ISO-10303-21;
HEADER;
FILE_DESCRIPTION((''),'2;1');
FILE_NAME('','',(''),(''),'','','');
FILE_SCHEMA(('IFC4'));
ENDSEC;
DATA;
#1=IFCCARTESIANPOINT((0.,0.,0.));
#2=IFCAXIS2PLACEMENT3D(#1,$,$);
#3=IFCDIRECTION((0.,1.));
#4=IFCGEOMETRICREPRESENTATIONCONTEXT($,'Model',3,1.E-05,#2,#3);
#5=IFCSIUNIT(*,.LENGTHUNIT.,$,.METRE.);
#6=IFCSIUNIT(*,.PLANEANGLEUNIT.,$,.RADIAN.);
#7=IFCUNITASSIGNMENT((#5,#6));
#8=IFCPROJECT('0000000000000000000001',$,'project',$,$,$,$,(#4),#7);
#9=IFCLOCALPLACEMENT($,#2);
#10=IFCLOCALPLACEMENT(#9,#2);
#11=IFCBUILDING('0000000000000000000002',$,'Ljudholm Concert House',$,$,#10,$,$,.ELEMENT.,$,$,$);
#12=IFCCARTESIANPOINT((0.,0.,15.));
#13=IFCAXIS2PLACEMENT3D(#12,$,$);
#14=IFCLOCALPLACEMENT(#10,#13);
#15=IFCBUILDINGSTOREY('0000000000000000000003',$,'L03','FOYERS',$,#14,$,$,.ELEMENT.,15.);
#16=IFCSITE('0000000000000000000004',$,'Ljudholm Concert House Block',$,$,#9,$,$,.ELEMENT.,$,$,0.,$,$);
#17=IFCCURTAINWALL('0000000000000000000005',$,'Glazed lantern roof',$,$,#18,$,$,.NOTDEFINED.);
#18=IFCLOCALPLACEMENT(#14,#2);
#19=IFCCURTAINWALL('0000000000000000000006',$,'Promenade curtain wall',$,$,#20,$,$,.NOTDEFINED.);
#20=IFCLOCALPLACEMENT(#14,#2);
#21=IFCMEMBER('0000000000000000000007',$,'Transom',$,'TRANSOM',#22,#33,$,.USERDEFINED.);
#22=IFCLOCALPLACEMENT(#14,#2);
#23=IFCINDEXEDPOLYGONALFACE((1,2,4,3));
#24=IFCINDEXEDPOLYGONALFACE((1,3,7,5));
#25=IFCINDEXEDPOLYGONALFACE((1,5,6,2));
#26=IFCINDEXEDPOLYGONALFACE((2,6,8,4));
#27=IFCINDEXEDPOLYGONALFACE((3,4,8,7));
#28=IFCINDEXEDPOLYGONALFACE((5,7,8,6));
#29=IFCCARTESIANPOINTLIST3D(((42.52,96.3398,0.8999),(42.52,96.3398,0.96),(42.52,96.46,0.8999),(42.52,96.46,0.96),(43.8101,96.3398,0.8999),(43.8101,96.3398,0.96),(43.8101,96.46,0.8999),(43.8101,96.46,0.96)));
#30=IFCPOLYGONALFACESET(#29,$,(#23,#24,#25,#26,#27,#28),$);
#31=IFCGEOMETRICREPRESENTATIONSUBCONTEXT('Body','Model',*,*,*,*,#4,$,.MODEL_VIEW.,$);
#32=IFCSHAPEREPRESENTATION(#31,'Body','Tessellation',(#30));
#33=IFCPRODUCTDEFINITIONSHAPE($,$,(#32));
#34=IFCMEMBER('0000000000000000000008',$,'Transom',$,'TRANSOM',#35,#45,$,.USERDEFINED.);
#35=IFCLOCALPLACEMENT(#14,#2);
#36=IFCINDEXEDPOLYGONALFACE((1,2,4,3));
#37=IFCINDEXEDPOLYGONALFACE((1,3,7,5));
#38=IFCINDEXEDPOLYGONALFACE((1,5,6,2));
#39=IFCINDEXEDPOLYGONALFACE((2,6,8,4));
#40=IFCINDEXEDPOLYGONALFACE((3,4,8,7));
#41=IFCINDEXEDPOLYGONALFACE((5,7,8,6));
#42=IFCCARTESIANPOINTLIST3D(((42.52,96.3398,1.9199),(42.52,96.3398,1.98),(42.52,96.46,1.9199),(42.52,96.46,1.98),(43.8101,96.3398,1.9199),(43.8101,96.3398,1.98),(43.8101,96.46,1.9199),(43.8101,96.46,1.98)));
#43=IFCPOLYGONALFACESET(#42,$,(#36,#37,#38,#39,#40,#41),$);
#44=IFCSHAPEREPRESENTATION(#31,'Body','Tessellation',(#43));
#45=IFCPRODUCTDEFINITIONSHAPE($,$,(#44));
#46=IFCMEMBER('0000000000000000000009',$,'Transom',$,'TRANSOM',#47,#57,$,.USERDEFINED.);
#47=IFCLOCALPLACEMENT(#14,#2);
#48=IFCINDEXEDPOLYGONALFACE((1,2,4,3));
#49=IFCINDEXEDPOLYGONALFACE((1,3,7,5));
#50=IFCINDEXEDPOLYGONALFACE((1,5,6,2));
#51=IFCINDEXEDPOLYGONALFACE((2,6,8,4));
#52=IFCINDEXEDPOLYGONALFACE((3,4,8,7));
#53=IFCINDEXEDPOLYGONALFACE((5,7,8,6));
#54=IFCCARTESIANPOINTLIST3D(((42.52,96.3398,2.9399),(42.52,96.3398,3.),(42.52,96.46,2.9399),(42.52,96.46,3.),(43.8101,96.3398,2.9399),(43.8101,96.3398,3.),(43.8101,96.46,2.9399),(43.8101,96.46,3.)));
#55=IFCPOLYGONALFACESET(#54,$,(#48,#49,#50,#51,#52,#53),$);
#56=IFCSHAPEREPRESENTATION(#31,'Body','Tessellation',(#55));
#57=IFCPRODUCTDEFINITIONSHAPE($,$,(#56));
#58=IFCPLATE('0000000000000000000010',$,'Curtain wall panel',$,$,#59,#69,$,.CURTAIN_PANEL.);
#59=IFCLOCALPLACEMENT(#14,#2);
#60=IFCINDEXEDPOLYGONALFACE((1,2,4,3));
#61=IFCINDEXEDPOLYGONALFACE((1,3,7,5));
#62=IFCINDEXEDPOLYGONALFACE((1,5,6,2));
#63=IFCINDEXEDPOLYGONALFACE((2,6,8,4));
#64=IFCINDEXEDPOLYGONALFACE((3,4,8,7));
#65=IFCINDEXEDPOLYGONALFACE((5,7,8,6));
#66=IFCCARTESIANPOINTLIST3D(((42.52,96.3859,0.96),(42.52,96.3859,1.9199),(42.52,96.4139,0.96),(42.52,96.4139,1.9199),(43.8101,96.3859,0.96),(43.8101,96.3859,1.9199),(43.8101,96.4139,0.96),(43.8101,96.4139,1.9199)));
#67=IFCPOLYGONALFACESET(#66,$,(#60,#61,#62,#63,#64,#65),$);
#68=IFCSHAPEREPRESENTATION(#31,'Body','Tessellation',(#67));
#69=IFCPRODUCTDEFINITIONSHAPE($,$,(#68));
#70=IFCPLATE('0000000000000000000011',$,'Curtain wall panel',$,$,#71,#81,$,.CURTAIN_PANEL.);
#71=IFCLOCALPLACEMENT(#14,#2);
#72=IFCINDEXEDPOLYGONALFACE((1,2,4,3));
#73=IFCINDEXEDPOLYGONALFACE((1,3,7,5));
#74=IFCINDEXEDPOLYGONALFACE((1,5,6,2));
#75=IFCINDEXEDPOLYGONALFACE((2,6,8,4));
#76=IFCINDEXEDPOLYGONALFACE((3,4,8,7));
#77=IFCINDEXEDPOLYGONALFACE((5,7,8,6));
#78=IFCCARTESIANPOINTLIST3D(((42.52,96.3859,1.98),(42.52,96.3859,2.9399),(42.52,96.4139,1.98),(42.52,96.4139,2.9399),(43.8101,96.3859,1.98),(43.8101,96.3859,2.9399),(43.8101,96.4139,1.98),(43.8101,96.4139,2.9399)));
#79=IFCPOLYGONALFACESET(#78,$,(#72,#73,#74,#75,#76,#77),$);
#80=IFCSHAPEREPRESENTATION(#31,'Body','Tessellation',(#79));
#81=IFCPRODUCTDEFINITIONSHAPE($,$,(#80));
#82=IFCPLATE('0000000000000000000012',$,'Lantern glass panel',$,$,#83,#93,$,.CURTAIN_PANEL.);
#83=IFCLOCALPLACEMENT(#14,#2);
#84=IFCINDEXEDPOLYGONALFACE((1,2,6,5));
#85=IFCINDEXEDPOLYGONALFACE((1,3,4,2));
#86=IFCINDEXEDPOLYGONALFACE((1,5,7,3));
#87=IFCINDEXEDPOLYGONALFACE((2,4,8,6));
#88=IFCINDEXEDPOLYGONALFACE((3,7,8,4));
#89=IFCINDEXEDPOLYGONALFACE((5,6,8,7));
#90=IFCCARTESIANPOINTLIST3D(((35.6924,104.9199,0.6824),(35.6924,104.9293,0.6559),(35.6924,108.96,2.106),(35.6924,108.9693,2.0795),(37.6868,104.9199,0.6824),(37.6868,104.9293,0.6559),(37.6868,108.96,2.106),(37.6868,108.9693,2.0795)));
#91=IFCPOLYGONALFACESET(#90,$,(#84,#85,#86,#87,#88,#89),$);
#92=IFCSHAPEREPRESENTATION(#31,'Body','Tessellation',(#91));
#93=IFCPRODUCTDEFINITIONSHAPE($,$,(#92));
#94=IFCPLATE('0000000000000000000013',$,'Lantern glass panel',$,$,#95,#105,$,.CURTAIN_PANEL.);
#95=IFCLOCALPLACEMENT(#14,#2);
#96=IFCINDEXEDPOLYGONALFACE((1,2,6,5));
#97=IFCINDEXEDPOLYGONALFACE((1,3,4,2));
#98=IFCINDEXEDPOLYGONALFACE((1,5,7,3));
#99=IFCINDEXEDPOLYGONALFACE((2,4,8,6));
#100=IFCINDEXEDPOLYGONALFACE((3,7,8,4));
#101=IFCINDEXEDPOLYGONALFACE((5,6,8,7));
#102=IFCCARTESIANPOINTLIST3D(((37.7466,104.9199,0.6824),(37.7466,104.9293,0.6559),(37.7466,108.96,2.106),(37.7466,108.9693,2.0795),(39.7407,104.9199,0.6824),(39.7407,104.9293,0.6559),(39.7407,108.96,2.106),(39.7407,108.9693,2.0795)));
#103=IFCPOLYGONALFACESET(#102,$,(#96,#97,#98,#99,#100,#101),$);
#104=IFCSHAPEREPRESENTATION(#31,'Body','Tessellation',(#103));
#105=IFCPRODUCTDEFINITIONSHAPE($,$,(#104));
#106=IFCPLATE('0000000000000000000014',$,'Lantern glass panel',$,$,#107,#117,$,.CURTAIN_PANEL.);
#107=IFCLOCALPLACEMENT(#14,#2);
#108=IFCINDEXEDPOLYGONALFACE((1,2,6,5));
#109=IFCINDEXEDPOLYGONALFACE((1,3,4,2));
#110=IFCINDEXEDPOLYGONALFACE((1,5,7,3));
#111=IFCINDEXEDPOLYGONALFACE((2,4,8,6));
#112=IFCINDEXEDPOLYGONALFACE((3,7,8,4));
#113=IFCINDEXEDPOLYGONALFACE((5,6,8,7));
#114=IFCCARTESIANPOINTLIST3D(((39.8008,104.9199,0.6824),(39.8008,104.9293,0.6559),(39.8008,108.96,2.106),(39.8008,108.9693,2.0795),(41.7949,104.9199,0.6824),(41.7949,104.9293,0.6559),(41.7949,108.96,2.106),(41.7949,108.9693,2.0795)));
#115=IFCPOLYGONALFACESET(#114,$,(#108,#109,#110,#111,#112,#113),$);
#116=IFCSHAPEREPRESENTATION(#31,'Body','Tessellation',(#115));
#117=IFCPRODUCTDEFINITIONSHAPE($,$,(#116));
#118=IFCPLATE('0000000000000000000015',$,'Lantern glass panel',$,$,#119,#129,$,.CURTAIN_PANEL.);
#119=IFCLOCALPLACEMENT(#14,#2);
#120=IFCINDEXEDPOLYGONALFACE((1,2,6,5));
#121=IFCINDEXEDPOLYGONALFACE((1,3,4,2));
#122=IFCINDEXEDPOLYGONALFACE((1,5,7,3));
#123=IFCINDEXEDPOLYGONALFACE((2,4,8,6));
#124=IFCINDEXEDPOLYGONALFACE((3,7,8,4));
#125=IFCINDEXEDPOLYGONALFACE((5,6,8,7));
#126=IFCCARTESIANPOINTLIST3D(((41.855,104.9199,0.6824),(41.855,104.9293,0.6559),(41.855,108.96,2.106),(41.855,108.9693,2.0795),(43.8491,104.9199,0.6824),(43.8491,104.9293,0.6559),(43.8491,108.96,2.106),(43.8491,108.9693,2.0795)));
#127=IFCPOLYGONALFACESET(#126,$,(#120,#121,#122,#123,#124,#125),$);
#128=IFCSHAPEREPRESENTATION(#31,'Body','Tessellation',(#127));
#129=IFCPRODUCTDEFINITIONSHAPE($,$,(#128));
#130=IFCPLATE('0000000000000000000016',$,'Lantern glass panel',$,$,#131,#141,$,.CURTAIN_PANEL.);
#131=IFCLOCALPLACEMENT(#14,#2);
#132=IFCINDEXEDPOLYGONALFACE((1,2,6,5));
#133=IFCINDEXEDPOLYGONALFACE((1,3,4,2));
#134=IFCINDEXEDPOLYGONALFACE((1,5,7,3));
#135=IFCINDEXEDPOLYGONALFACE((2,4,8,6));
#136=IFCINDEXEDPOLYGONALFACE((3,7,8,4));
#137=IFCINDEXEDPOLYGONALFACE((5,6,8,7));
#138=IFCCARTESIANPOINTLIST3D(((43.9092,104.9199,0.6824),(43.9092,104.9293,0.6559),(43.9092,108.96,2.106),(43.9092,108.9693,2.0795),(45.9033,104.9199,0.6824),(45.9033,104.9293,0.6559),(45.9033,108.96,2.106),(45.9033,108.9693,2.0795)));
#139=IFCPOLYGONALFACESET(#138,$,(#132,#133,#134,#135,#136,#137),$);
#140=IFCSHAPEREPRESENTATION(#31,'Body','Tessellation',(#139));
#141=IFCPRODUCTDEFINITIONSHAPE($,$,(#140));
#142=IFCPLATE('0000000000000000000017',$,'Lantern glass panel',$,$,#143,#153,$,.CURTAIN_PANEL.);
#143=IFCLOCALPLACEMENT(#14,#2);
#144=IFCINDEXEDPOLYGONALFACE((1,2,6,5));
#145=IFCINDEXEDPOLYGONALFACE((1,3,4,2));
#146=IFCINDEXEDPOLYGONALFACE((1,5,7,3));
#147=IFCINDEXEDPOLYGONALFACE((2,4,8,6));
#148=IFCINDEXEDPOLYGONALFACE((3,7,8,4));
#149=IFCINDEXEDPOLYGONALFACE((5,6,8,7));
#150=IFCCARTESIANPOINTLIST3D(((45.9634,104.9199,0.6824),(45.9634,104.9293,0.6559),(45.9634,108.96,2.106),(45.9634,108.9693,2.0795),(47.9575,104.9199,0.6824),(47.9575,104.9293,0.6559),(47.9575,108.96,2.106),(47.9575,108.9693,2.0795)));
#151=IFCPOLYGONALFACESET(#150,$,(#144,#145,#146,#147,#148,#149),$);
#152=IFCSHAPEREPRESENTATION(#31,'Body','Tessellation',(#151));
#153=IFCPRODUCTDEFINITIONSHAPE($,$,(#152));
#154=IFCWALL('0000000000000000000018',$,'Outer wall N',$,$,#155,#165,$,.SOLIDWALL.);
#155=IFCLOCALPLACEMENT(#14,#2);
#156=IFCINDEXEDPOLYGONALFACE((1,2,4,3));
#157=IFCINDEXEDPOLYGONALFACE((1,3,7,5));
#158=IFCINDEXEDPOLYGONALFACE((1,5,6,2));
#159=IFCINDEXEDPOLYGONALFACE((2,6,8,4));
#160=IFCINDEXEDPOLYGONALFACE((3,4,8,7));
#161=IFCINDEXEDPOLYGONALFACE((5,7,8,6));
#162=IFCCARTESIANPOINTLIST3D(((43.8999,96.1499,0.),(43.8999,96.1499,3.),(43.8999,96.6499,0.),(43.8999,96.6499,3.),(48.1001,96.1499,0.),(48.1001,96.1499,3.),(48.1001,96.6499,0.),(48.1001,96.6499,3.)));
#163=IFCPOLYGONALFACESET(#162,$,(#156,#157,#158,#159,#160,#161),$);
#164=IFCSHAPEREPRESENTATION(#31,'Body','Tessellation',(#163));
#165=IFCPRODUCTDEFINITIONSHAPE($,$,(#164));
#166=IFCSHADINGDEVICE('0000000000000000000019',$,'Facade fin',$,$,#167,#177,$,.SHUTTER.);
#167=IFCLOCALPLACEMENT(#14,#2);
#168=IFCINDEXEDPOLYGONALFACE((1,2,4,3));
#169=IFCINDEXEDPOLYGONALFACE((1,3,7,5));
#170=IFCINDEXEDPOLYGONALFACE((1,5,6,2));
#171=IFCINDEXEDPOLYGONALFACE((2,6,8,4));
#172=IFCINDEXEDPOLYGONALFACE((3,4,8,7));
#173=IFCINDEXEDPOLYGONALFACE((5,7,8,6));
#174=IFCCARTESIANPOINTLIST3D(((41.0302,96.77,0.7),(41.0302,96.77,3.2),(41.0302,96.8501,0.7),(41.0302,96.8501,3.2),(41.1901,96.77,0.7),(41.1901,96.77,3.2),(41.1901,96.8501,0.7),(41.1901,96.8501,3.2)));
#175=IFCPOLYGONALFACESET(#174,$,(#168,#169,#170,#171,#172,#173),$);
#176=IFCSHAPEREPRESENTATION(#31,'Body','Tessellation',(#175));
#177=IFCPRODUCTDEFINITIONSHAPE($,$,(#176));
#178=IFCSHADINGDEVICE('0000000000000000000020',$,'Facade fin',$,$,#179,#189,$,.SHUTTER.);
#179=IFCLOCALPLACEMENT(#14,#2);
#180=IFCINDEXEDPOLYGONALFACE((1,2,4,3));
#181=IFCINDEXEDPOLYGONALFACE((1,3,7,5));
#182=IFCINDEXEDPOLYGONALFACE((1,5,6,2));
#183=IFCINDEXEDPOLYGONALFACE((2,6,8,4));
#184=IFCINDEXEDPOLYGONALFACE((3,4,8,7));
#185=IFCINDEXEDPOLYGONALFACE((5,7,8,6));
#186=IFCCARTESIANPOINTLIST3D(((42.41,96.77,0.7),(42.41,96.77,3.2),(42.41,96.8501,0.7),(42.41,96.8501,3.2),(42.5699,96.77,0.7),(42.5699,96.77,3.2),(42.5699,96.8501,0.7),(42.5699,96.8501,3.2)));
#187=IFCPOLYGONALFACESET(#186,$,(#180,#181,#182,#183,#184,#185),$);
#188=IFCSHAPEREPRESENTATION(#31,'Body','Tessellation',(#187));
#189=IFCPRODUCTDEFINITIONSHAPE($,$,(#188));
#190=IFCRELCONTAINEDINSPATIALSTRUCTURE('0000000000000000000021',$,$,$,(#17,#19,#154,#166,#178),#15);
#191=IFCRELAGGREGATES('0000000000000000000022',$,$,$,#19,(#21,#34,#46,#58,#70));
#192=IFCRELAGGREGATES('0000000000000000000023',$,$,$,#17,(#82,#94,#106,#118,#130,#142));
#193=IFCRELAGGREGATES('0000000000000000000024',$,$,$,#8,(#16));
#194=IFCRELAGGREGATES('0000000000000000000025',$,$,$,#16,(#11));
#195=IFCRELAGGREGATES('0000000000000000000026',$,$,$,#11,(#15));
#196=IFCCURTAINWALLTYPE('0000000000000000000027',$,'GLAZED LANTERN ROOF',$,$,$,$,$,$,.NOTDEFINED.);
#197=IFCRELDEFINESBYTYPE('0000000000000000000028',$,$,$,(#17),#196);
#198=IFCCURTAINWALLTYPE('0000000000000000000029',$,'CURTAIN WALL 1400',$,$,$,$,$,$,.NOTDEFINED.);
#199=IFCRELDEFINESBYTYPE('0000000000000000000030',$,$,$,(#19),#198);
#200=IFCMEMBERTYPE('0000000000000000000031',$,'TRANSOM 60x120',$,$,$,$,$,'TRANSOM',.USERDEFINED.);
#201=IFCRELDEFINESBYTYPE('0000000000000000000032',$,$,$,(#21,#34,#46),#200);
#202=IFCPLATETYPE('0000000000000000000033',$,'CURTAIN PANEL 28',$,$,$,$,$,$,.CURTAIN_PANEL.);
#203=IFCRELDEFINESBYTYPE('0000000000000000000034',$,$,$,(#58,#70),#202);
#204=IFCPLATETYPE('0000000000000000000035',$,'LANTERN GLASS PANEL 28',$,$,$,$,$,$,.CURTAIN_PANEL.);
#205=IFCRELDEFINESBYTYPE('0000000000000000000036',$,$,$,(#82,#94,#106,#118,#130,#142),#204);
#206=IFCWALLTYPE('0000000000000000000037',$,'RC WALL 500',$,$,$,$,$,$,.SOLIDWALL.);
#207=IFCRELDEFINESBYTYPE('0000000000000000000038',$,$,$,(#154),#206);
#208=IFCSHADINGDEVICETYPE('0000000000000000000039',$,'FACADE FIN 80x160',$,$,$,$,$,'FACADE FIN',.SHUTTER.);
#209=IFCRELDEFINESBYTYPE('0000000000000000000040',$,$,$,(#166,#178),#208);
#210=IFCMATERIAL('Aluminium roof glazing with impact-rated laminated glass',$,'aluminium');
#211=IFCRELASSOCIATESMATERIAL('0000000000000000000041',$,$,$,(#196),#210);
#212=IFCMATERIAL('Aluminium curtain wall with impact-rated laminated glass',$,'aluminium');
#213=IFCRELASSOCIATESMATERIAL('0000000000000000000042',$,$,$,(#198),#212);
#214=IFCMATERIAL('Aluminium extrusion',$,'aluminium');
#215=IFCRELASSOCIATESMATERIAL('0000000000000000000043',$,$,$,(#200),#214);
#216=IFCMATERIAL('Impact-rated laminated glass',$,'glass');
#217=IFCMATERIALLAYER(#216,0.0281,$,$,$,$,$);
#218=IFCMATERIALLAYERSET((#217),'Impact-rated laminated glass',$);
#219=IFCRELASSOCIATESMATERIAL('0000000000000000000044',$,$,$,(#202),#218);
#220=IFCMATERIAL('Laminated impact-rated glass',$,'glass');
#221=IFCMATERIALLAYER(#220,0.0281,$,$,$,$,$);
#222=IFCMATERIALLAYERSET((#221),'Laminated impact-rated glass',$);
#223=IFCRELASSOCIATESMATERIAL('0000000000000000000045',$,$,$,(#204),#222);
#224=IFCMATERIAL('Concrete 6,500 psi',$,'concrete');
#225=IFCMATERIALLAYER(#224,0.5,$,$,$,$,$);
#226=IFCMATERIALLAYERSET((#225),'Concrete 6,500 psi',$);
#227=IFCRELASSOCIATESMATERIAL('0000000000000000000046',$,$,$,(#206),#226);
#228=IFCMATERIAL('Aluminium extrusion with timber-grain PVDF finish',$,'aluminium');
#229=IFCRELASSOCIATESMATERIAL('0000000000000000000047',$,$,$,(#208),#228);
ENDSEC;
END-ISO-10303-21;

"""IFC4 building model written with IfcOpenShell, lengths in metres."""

from ifc_helpers import new_model, si_unit, direction, frame, frame_2d, origin, origin_2d, place, context, subcontext, project, spatial, polyline, rectangle, outline, extrude, material, layer, layer_set, material_profile, profile_set, type_object, element, aggregate, save


model = new_model("IFC4")

# Units and contexts
model_context = context("Model", 3, precision=1e-05, world=origin(), true_north=direction((0.0, 1.0)))
body_context = subcontext(model_context, "Body", "Model", "MODEL_VIEW")
ifc_project = project(units=[si_unit("LENGTHUNIT", "METRE"), si_unit("PLANEANGLEUNIT", "RADIAN")], contexts=[model_context])

# Site, building, storey
site_placement = place(None, origin())
site = spatial("IfcSite", under=ifc_project, at=site_placement, Name="Ljudholm Concert House Block", CompositionType="ELEMENT", RefElevation=0.0)
building_placement = place(site_placement, origin())
building = spatial("IfcBuilding", under=site, at=building_placement, Name="Ljudholm Concert House", CompositionType="ELEMENT")
storey_placement = place(building_placement, frame((0.0, 0.0, 15.0)))
storey = spatial("IfcBuildingStorey", under=building, at=storey_placement, Name="L03", Description="FOYERS", CompositionType="ELEMENT", Elevation=15.0)

# Curtain walls
ifc_material_1 = material(Name="Aluminium roof glazing with impact-rated laminated glass", Category="aluminium")
curtain_wall_type_1 = type_object("IfcCurtainWallType", Name="GLAZED LANTERN ROOF", PredefinedType="NOTDEFINED", material=ifc_material_1)
curtain_wall_1_placement = place(storey_placement, origin())
curtain_wall_1 = element("IfcCurtainWall", 1, at=curtain_wall_1_placement, inside=storey, type_object=curtain_wall_type_1, Name="Glazed lantern roof", PredefinedType="NOTDEFINED")
ifc_material_2 = material(Name="Aluminium curtain wall with impact-rated laminated glass", Category="aluminium")
curtain_wall_type_2 = type_object("IfcCurtainWallType", Name="CURTAIN WALL 1400", PredefinedType="NOTDEFINED", material=ifc_material_2)
curtain_wall_2_placement = place(storey_placement, origin())
curtain_wall_2 = element("IfcCurtainWall", 2, at=curtain_wall_2_placement, inside=storey, type_object=curtain_wall_type_2, Name="Promenade curtain wall", PredefinedType="NOTDEFINED")

# Members
ifc_material_3 = material(Name="Aluminium extrusion", Category="aluminium")
ifc_material_profile_1 = material_profile(ifc_material_3, rectangle(XDim=0.1201, YDim=0.0601, at=origin_2d()), Name="TRANSOM 60x120")
ifc_profile_set_1 = profile_set([ifc_material_profile_1], Name="Aluminium extrusion")
member_type_1 = type_object("IfcMemberType", Name="TRANSOM 60x120", ElementType="TRANSOM", PredefinedType="USERDEFINED", material=ifc_profile_set_1)
member_1_placement = place(storey_placement, frame((42.52, 96.3999, 0.9299), z_axis=(1.0, 0.0, 0.0), x_axis=(0.0, 1.0, 0.0)))
member_1 = element("IfcMember", 3, at=member_1_placement, type_object=member_type_1, Name="Transom", ObjectType="TRANSOM", PredefinedType="USERDEFINED", context=body_context, shape_type="SweptSolid", body=[
    extrude(rectangle(XDim=0.1201, YDim=0.0601, at=origin_2d()), origin(), (0.0, 0.0, 1.0), 1.29),
])
member_2_placement = place(storey_placement, frame((42.52, 96.3999, 1.95), z_axis=(1.0, 0.0, 0.0), x_axis=(0.0, 1.0, 0.0)))
member_2 = element("IfcMember", 4, at=member_2_placement, type_object=member_type_1, Name="Transom", ObjectType="TRANSOM", PredefinedType="USERDEFINED", context=body_context, shape_type="SweptSolid", body=[
    extrude(rectangle(XDim=0.1201, YDim=0.0601, at=origin_2d()), origin(), (0.0, 0.0, 1.0), 1.29),
])
member_3_placement = place(storey_placement, frame((42.52, 96.3999, 2.97), z_axis=(1.0, 0.0, 0.0), x_axis=(0.0, 1.0, 0.0)))
member_3 = element("IfcMember", 5, at=member_3_placement, type_object=member_type_1, Name="Transom", ObjectType="TRANSOM", PredefinedType="USERDEFINED", context=body_context, shape_type="SweptSolid", body=[
    extrude(rectangle(XDim=0.1201, YDim=0.0601, at=origin_2d()), origin(), (0.0, 0.0, 1.0), 1.29),
])

# Plates
ifc_material_4 = material(Name="Impact-rated laminated glass", Category="glass")
ifc_layer_1 = layer(ifc_material_4, 0.0281)
ifc_layer_set_1 = layer_set([ifc_layer_1], Name="Impact-rated laminated glass")
plate_type_1 = type_object("IfcPlateType", Name="CURTAIN PANEL 28", PredefinedType="CURTAIN_PANEL", material=ifc_layer_set_1)
plate_1_placement = place(storey_placement, frame((43.165, 96.3999, 0.96), z_axis=(0.0, 0.0, 1.0), x_axis=(1.0, 0.0, 0.0)))
plate_1 = element("IfcPlate", 6, at=plate_1_placement, type_object=plate_type_1, Name="Curtain wall panel", PredefinedType="CURTAIN_PANEL", context=body_context, shape_type="SweptSolid", body=[
    extrude(rectangle(XDim=1.29, YDim=0.0281, at=origin_2d()), origin(), (0.0, 0.0, 1.0), 0.96),
])
plate_2_placement = place(storey_placement, frame((43.165, 96.3999, 1.98), z_axis=(0.0, 0.0, 1.0), x_axis=(1.0, 0.0, 0.0)))
plate_2 = element("IfcPlate", 7, at=plate_2_placement, type_object=plate_type_1, Name="Curtain wall panel", PredefinedType="CURTAIN_PANEL", context=body_context, shape_type="SweptSolid", body=[
    extrude(rectangle(XDim=1.29, YDim=0.0281, at=origin_2d()), origin(), (0.0, 0.0, 1.0), 0.96),
])
aggregate(curtain_wall_2, [member_1, member_2, member_3, plate_1, plate_2])
ifc_material_5 = material(Name="Laminated impact-rated glass", Category="glass")
ifc_layer_2 = layer(ifc_material_5, 0.0281)
ifc_layer_set_2 = layer_set([ifc_layer_2], Name="Laminated impact-rated glass")
plate_type_2 = type_object("IfcPlateType", Name="LANTERN GLASS PANEL 28", PredefinedType="CURTAIN_PANEL", material=ifc_layer_set_2)
plate_3_placement = place(storey_placement, frame((35.6924, 104.9199, 0.6824), z_axis=(0.0, -0.33234, 0.94316), x_axis=(1.0, 0.0, 0.0)))
plate_3 = element("IfcPlate", 8, at=plate_3_placement, type_object=plate_type_2, Name="Lantern glass panel", PredefinedType="CURTAIN_PANEL", context=body_context, shape_type="SweptSolid", body=[
    extrude(outline(polyline([(0.0, 0.0), (1.9944, 0.0), (1.9944, 4.2835), (0.0, 4.2835), (0.0, 0.0)])), origin(), (0.0, 0.0, -1.0), 0.0281),
])
plate_4_placement = place(storey_placement, frame((37.7466, 104.9199, 0.6824), z_axis=(0.0, -0.33234, 0.94316), x_axis=(1.0, 0.0, 0.0)))
plate_4 = element("IfcPlate", 9, at=plate_4_placement, type_object=plate_type_2, Name="Lantern glass panel", PredefinedType="CURTAIN_PANEL", context=body_context, shape_type="SweptSolid", body=[
    extrude(outline(polyline([(0.0, 0.0), (1.9941, 0.0), (1.9941, 4.2835), (0.0, 4.2835), (0.0, 0.0)])), origin(), (0.0, 0.0, -1.0), 0.0281),
])
plate_5_placement = place(storey_placement, frame((39.8008, 104.9199, 0.6824), z_axis=(0.0, -0.33234, 0.94316), x_axis=(1.0, 0.0, 0.0)))
plate_5 = element("IfcPlate", 10, at=plate_5_placement, type_object=plate_type_2, Name="Lantern glass panel", PredefinedType="CURTAIN_PANEL", context=body_context, shape_type="SweptSolid", body=[
    extrude(outline(polyline([(0.0, 0.0), (1.9941, 0.0), (1.9941, 4.2835), (0.0, 4.2835), (0.0, 0.0)])), origin(), (0.0, 0.0, -1.0), 0.0281),
])
plate_6_placement = place(storey_placement, frame((41.855, 104.9199, 0.6824), z_axis=(0.0, -0.33234, 0.94316), x_axis=(1.0, 0.0, 0.0)))
plate_6 = element("IfcPlate", 11, at=plate_6_placement, type_object=plate_type_2, Name="Lantern glass panel", PredefinedType="CURTAIN_PANEL", context=body_context, shape_type="SweptSolid", body=[
    extrude(outline(polyline([(0.0, 0.0), (1.9941, 0.0), (1.9941, 4.2835), (0.0, 4.2835), (0.0, 0.0)])), origin(), (0.0, 0.0, -1.0), 0.0281),
])
plate_7_placement = place(storey_placement, frame((43.9092, 104.9199, 0.6824), z_axis=(0.0, -0.33234, 0.94316), x_axis=(1.0, 0.0, 0.0)))
plate_7 = element("IfcPlate", 12, at=plate_7_placement, type_object=plate_type_2, Name="Lantern glass panel", PredefinedType="CURTAIN_PANEL", context=body_context, shape_type="SweptSolid", body=[
    extrude(outline(polyline([(0.0, 0.0), (1.9941, 0.0), (1.9941, 4.2835), (0.0, 4.2835), (0.0, 0.0)])), origin(), (0.0, 0.0, -1.0), 0.0281),
])
plate_8_placement = place(storey_placement, frame((45.9634, 104.9199, 0.6824), z_axis=(0.0, -0.33234, 0.94316), x_axis=(1.0, 0.0, 0.0)))
plate_8 = element("IfcPlate", 13, at=plate_8_placement, type_object=plate_type_2, Name="Lantern glass panel", PredefinedType="CURTAIN_PANEL", context=body_context, shape_type="SweptSolid", body=[
    extrude(outline(polyline([(0.0, 0.0), (1.9941, 0.0), (1.9941, 4.2835), (0.0, 4.2835), (0.0, 0.0)])), origin(), (0.0, 0.0, -1.0), 0.0281),
])
aggregate(curtain_wall_1, [plate_3, plate_4, plate_5, plate_6, plate_7, plate_8])

# Wall
ifc_material_6 = material(Name="Concrete 6,500 psi", Category="concrete")
ifc_layer_3 = layer(ifc_material_6, 0.5)
ifc_layer_set_3 = layer_set([ifc_layer_3], Name="Concrete 6,500 psi")
wall_type = type_object("IfcWallType", Name="RC WALL 500", PredefinedType="SOLIDWALL", material=ifc_layer_set_3)
wall_placement = place(storey_placement, frame((43.8999, 96.3999, 0.0), z_axis=(0.0, 0.0, 1.0), x_axis=(1.0, 0.0, 0.0)))
element("IfcWall", 14, at=wall_placement, inside=storey, type_object=wall_type, Name="Outer wall N", PredefinedType="SOLIDWALL", context=body_context, shape_type="SweptSolid", body=[
    extrude(rectangle(XDim=4.2002, YDim=0.5, at=frame_2d((2.1001, 0.0))), origin(), (0.0, 0.0, 1.0), 3.0),
])

# Shading devices
ifc_material_7 = material(Name="Aluminium extrusion with timber-grain PVDF finish", Category="aluminium")
shading_device_type = type_object("IfcShadingDeviceType", Name="FACADE FIN 80x160", ElementType="FACADE FIN", PredefinedType="SHUTTER", material=ifc_material_7)
for number, where, z_axis, x_axis, name in (
    (15, (41.1101, 96.8101, 0.7), (0.0, 0.0, 1.0), (0.0, 1.0, 0.0), "Facade fin"),
    (16, (42.49, 96.8101, 0.7), (0.0, 0.0, 1.0), (0.0, 1.0, 0.0), "Facade fin"),
):
    element("IfcShadingDevice", number, at=place(storey_placement, frame(where, z_axis=z_axis, x_axis=x_axis)), inside=storey, type_object=shading_device_type, Name=name, PredefinedType="SHUTTER", context=body_context, shape_type="SweptSolid", body=[
        extrude(rectangle(XDim=0.0801, YDim=0.1599, at=origin_2d()), origin(), (0.0, 0.0, 1.0), 2.5),
    ])

save(model, "model.ifc")
